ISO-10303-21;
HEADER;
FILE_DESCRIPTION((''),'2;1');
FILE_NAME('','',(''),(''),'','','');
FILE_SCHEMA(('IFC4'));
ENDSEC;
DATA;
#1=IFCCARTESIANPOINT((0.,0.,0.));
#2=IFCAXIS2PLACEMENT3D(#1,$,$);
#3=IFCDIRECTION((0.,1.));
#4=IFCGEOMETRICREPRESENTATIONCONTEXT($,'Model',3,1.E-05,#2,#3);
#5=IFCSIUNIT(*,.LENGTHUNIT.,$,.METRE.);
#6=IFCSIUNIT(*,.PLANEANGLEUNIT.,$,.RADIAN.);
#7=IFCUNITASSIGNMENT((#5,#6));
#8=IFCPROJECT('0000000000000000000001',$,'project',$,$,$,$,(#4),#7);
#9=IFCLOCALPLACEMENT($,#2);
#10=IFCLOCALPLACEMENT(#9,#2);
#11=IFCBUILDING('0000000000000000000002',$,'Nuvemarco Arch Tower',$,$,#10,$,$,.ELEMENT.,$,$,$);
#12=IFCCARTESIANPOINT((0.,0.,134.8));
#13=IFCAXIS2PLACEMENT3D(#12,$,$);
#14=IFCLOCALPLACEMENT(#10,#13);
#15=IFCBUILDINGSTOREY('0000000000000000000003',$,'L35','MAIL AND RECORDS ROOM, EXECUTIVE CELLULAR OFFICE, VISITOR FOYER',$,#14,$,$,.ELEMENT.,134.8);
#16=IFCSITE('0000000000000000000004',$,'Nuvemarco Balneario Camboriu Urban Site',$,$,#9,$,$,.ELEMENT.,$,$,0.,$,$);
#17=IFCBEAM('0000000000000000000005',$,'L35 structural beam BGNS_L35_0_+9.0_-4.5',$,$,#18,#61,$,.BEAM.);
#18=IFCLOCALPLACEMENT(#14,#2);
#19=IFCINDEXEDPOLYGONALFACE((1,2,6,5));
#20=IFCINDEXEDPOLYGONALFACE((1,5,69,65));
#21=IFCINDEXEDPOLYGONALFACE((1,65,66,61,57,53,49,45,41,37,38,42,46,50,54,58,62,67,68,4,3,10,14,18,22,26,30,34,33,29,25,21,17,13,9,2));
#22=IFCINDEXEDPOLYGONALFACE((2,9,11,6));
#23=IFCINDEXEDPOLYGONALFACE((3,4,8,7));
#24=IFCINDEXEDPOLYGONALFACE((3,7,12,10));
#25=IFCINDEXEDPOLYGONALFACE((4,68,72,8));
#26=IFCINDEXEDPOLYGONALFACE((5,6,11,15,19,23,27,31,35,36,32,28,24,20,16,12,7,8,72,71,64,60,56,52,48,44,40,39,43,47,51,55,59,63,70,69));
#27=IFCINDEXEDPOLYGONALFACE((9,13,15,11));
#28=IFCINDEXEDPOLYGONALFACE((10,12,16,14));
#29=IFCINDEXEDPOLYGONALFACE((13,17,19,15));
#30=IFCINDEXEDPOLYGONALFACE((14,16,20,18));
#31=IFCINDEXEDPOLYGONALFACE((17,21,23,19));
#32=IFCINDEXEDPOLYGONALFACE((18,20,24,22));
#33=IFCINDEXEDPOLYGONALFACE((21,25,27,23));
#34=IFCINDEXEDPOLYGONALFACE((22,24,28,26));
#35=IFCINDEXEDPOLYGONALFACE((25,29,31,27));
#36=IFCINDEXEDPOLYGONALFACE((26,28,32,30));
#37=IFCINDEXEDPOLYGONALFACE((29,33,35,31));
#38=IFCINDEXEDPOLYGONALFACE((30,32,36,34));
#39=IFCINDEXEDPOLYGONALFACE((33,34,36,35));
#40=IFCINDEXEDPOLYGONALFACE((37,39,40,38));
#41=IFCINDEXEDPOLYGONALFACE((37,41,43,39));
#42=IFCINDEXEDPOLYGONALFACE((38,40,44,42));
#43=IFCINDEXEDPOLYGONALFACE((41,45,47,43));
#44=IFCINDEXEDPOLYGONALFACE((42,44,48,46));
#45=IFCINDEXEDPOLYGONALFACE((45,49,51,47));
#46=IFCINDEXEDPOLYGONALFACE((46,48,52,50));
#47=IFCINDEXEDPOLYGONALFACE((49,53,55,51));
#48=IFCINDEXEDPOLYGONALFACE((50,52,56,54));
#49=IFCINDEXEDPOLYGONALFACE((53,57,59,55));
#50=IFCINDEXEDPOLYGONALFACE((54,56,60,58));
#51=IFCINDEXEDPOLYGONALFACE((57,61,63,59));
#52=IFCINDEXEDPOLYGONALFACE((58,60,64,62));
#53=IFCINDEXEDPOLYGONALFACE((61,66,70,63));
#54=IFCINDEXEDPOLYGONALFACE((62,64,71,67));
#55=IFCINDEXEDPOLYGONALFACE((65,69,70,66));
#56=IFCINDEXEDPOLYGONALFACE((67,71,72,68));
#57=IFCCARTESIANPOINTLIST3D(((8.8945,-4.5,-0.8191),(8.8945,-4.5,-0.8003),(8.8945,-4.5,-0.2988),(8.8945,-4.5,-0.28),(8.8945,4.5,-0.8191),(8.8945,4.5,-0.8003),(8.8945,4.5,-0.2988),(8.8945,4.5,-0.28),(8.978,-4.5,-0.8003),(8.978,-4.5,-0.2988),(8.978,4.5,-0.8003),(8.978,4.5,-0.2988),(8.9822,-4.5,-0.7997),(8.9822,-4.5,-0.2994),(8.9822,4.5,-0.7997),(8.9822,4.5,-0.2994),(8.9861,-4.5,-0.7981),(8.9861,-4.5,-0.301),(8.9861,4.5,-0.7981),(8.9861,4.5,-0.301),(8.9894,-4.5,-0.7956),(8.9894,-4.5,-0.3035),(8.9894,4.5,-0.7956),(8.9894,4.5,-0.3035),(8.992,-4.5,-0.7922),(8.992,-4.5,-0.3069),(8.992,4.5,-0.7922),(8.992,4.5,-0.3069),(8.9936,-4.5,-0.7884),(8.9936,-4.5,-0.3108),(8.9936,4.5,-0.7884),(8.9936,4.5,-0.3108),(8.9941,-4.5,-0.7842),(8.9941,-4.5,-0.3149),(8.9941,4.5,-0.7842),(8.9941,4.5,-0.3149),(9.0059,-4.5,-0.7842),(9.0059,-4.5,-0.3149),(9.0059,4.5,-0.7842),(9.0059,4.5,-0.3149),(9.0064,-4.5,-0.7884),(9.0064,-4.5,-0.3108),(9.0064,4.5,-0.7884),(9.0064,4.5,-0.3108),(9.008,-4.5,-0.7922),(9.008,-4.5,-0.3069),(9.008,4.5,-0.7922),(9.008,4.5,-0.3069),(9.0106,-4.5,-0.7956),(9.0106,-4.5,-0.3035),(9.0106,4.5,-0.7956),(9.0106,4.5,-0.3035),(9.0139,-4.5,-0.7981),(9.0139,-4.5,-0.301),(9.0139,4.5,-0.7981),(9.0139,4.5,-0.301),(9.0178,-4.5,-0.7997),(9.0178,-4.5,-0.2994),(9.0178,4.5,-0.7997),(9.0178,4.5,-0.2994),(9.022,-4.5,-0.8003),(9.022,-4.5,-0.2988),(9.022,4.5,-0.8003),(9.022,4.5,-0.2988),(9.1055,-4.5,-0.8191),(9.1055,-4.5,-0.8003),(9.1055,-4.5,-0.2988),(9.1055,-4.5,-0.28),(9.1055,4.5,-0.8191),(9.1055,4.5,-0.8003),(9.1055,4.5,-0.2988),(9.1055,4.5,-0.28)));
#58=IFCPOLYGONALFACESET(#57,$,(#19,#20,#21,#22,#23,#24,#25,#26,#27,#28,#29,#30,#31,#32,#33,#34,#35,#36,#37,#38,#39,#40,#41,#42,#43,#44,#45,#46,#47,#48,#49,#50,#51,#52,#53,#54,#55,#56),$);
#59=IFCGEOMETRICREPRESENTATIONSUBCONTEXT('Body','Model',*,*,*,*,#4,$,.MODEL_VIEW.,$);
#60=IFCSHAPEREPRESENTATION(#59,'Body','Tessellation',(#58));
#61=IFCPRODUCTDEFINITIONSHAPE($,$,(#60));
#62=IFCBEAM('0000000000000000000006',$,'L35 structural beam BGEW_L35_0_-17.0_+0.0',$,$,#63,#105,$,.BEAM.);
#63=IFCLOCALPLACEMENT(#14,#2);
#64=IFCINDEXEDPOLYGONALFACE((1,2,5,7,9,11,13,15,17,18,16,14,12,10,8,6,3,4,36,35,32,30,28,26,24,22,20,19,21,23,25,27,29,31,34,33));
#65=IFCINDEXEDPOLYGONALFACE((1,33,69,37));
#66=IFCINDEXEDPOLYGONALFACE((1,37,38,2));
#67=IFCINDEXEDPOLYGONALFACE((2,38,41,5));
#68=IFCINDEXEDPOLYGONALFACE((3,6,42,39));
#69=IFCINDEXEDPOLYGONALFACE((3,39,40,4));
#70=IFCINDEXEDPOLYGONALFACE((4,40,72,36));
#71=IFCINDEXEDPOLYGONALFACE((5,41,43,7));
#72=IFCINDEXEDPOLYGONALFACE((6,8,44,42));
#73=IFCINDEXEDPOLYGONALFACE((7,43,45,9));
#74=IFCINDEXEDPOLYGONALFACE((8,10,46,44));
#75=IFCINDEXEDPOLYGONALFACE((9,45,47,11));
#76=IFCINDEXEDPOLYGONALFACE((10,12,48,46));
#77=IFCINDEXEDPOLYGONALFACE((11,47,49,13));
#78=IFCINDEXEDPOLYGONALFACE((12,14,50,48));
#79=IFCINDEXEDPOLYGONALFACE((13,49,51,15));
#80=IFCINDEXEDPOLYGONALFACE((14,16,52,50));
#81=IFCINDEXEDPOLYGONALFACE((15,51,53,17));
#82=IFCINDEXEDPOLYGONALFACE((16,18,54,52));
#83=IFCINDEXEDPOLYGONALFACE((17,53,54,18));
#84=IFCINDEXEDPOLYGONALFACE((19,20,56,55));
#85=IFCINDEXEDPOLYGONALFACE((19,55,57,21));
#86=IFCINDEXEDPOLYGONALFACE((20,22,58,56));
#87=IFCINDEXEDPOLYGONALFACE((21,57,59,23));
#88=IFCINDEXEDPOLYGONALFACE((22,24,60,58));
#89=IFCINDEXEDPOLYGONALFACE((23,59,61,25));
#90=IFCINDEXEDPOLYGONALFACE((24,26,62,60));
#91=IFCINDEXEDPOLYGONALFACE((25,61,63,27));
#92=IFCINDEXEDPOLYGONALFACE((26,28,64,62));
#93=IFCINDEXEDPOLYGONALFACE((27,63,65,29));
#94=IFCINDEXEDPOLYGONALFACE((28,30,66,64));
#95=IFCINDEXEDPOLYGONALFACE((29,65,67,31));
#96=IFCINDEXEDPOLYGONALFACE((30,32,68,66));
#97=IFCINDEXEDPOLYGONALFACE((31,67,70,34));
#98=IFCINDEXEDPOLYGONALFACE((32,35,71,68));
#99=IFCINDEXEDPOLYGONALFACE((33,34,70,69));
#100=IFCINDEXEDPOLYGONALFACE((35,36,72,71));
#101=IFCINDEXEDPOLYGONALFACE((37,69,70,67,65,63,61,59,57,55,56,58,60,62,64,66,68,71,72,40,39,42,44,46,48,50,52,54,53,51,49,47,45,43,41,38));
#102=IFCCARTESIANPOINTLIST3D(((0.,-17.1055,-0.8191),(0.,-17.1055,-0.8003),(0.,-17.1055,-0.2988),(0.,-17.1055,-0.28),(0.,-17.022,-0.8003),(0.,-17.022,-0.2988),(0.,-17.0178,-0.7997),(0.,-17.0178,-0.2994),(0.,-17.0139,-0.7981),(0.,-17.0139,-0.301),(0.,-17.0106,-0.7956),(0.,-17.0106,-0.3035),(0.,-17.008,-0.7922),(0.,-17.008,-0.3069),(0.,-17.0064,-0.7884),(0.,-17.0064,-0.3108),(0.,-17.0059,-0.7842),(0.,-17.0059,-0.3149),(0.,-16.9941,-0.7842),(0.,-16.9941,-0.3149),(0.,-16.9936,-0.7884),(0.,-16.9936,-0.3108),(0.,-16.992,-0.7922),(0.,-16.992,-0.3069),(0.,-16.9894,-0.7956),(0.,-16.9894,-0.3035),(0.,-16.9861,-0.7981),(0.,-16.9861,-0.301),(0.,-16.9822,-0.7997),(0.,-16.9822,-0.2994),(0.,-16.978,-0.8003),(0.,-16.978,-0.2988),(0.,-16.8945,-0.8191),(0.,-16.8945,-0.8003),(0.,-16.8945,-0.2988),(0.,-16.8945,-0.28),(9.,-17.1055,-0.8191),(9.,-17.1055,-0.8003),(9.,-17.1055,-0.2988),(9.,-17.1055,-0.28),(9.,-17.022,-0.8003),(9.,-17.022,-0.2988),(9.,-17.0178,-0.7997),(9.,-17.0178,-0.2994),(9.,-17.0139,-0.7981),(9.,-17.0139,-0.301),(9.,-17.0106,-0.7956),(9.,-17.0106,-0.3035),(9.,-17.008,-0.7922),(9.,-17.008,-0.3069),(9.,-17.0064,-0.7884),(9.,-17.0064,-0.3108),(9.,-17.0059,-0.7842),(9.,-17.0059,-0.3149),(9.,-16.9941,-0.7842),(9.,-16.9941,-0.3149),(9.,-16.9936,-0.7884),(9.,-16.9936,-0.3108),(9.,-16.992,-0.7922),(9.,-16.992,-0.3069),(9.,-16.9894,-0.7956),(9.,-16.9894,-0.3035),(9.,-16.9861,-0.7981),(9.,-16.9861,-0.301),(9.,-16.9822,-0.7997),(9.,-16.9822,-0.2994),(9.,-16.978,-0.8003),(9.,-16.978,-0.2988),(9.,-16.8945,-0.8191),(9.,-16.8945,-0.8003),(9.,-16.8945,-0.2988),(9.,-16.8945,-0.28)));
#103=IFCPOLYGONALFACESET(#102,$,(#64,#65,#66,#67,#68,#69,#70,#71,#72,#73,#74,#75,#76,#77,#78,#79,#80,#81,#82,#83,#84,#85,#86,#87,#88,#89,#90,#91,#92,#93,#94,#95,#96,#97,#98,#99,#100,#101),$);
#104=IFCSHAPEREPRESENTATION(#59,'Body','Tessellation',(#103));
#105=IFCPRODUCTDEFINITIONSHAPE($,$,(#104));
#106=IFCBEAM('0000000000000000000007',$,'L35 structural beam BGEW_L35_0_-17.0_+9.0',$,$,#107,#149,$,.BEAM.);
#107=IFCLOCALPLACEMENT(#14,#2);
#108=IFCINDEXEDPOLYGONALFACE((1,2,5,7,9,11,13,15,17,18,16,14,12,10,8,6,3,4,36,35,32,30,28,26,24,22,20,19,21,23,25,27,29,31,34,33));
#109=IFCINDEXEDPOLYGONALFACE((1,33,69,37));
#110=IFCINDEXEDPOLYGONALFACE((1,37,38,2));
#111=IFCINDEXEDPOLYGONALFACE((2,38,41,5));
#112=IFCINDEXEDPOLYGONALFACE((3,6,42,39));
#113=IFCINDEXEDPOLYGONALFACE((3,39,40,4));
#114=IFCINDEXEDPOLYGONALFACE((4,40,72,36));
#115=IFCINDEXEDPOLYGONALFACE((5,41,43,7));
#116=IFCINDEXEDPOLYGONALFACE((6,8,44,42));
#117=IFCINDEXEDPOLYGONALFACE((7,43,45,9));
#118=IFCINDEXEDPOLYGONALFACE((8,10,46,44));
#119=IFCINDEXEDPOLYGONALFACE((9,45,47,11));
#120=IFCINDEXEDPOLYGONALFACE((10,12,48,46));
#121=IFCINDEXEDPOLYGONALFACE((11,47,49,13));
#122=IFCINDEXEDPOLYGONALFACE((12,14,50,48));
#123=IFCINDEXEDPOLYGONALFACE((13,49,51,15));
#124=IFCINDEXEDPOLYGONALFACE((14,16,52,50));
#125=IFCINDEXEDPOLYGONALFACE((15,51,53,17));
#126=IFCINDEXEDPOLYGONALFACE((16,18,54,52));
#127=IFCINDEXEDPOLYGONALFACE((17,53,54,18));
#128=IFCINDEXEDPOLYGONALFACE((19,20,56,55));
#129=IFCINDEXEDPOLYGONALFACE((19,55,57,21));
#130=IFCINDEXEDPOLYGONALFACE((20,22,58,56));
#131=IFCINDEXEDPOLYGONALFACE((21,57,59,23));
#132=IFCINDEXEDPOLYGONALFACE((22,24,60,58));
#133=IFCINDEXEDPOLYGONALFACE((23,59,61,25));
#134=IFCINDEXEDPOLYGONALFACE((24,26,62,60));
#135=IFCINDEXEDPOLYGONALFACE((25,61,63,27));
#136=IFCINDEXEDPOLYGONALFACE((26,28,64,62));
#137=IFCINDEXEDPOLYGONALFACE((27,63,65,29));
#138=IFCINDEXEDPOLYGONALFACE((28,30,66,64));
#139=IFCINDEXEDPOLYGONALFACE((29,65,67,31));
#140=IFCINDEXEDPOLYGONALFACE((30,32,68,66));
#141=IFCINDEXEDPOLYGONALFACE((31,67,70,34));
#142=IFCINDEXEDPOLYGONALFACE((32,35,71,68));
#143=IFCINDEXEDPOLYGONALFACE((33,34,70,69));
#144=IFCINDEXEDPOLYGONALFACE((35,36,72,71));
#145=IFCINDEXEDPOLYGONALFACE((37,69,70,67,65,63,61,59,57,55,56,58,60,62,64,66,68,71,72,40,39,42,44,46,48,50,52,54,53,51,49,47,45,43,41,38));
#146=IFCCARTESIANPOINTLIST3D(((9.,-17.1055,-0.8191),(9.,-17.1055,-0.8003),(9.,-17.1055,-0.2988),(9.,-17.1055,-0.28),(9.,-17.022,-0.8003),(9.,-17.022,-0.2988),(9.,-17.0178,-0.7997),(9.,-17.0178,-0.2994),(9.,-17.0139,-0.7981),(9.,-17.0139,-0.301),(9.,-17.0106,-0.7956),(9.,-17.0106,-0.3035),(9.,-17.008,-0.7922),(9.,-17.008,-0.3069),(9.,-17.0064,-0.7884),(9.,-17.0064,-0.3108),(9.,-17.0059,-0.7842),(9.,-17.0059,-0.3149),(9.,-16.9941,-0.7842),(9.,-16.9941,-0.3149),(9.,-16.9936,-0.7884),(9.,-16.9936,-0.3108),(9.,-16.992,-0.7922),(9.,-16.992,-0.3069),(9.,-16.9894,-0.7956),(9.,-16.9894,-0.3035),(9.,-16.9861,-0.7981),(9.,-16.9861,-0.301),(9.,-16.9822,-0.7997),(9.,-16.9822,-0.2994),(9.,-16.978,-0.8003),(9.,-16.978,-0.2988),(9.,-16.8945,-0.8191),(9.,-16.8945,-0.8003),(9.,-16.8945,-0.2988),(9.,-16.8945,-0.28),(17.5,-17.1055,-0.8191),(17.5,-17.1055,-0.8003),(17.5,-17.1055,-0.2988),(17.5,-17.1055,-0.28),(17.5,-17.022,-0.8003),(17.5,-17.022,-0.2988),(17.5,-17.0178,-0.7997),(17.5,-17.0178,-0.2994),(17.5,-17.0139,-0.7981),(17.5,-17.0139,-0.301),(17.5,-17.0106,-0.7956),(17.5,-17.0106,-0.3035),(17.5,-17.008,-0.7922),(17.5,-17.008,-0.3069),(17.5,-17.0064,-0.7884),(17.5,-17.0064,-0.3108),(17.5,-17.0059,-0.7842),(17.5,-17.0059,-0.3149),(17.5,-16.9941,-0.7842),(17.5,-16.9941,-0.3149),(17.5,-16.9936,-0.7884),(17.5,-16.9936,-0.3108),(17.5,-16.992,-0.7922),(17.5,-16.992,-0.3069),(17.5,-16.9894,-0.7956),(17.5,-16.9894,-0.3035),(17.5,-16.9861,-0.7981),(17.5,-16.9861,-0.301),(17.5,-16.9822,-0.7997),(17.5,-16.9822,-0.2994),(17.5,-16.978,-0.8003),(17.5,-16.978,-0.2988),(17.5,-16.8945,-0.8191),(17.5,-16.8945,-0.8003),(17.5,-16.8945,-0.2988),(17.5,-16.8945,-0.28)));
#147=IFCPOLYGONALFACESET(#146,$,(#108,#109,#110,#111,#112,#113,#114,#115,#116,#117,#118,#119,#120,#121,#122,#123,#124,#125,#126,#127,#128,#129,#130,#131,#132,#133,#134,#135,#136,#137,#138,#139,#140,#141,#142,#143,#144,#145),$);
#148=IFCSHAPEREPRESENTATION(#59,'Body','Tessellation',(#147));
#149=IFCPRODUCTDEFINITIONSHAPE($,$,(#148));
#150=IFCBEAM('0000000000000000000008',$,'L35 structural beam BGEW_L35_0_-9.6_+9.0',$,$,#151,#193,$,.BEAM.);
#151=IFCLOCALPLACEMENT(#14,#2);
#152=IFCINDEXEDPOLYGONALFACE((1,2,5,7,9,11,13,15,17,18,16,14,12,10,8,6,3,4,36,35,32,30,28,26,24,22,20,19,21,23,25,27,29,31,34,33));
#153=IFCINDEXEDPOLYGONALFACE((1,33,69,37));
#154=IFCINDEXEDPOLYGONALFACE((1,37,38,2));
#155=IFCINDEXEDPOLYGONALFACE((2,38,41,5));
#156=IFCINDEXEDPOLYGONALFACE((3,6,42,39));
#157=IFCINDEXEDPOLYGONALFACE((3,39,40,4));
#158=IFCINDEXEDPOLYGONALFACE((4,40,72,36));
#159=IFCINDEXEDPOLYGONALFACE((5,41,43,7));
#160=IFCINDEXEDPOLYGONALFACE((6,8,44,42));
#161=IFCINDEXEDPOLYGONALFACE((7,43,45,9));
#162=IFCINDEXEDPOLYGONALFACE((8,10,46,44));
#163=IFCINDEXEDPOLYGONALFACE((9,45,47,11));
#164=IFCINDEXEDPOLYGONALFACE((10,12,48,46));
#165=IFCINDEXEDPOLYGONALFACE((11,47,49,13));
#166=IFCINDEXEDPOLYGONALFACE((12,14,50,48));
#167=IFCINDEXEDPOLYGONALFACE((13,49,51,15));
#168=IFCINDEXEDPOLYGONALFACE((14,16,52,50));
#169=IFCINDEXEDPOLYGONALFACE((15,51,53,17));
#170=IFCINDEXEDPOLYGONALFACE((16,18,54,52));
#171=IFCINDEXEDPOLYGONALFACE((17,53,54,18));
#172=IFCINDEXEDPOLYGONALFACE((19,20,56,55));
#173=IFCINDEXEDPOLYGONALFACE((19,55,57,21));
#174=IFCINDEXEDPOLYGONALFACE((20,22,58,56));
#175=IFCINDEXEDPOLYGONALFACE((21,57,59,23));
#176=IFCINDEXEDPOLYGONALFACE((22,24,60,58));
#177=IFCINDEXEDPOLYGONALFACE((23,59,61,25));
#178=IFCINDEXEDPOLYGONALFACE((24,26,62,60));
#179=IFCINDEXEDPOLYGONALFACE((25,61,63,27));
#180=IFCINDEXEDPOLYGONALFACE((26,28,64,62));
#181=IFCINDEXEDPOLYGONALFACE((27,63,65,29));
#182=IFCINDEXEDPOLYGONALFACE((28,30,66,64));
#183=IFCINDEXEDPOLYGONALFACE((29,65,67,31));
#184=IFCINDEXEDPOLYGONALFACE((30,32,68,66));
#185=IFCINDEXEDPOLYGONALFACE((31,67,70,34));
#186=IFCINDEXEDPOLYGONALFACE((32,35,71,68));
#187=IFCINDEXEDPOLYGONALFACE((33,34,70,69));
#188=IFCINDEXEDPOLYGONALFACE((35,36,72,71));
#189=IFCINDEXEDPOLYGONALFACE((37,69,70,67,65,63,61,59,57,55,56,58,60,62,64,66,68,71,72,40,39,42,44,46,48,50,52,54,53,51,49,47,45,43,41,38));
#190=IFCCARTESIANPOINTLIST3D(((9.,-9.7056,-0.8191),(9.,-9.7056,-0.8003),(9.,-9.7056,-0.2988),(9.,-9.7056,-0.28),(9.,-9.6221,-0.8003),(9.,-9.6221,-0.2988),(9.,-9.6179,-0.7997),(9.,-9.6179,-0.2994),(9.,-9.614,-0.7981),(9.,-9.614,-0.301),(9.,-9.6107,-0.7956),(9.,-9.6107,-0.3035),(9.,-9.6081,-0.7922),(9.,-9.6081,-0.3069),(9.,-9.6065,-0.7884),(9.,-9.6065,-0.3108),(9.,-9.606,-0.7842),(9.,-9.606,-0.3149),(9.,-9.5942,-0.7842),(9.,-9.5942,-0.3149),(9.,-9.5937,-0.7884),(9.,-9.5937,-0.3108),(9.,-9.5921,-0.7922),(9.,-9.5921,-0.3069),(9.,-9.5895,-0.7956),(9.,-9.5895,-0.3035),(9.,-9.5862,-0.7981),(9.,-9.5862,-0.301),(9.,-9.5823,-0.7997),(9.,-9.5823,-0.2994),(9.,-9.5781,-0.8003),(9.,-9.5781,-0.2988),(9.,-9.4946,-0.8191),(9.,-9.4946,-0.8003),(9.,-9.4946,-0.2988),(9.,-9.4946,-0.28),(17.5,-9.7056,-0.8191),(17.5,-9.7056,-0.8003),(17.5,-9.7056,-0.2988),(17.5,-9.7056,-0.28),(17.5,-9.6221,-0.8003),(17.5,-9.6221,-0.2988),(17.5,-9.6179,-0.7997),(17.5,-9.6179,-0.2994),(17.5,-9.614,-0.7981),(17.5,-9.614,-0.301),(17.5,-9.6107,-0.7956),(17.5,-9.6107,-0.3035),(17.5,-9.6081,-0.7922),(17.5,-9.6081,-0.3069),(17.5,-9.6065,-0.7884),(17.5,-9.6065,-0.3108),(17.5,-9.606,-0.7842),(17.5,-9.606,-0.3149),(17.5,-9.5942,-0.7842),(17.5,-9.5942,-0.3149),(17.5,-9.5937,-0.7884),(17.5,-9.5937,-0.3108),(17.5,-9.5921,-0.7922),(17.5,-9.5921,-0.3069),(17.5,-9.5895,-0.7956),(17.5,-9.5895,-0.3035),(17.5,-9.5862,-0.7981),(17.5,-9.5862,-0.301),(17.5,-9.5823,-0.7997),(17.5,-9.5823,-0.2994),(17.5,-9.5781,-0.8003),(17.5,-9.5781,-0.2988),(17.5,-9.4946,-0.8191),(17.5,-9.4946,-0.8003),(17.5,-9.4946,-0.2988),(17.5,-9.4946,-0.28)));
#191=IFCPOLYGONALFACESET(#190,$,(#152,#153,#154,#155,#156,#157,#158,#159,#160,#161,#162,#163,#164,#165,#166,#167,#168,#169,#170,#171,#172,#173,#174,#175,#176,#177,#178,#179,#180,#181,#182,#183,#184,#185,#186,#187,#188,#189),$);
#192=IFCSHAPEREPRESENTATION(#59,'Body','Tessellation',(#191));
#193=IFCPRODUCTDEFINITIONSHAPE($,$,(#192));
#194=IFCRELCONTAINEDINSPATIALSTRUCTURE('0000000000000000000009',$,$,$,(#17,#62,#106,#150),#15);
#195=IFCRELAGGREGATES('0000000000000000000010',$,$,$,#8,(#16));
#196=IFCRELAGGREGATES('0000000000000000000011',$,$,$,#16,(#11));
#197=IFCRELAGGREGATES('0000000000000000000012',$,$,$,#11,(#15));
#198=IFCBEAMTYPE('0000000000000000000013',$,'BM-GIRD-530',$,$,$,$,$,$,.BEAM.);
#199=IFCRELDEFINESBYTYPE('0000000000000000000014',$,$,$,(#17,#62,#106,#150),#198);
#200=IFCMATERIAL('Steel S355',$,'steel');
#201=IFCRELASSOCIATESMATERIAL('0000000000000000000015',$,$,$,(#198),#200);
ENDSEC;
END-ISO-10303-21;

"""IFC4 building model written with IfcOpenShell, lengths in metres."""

from ifc_helpers import new_model, si_unit, direction, frame, origin, origin_2d, place, context, subcontext, project, spatial, i_section, extrude, material, material_profile, profile_set, type_object, element, save


model = new_model("IFC4")

# Units and contexts
model_context = context("Model", 3, precision=1e-05, world=origin(), true_north=direction((0.0, 1.0)))
body_context = subcontext(model_context, "Body", "Model", "MODEL_VIEW")
ifc_project = project(units=[si_unit("LENGTHUNIT", "METRE"), si_unit("PLANEANGLEUNIT", "RADIAN")], contexts=[model_context])

# Site, building, storey
site_placement = place(None, origin())
site = spatial("IfcSite", under=ifc_project, at=site_placement, Name="Nuvemarco Balneario Camboriu Urban Site", CompositionType="ELEMENT", RefElevation=0.0)
building_placement = place(site_placement, origin())
building = spatial("IfcBuilding", under=site, at=building_placement, Name="Nuvemarco Arch Tower", CompositionType="ELEMENT")
storey_placement = place(building_placement, frame((0.0, 0.0, 134.8)))
storey = spatial("IfcBuildingStorey", under=building, at=storey_placement, Name="L35", Description="MAIL AND RECORDS ROOM, EXECUTIVE CELLULAR OFFICE, VISITOR FOYER", CompositionType="ELEMENT", Elevation=134.8)

# Shared definitions
ifc_material_1 = material(Name="Steel S355", Category="steel")

# Beams
ifc_material_profile_1 = material_profile(ifc_material_1, i_section(OverallWidth=0.2109, OverallDepth=0.5391, WebThickness=0.0117, FlangeThickness=0.0188, FilletRadius=0.0161, at=origin_2d()), Name="W530x109")
ifc_profile_set_1 = profile_set([ifc_material_profile_1], Name="Steel S355")
beam_type_1 = type_object("IfcBeamType", Name="BM-GIRD-530", PredefinedType="BEAM", material=ifc_profile_set_1)
for number, where, z_axis, x_axis, name in (
    (1, (9.0, -4.5, -0.5496), (0.0, 1.0, 0.0), (-1.0, 0.0, 0.0), "L35 structural beam BGNS_L35_0_+9.0_-4.5"),
    (2, (0.0, -17.0, -0.5496), (1.0, 0.0, 0.0), (0.0, 1.0, 0.0), "L35 structural beam BGEW_L35_0_-17.0_+0.0"),
):
    element("IfcBeam", number, at=place(storey_placement, frame(where, z_axis=z_axis, x_axis=x_axis)), inside=storey, type_object=beam_type_1, Name=name, PredefinedType="BEAM", context=body_context, shape_type="SweptSolid", body=[
        extrude(i_section(OverallWidth=0.2109, OverallDepth=0.5391, WebThickness=0.0117, FlangeThickness=0.0188, FilletRadius=0.0161, at=origin_2d()), origin(), (0.0, 0.0, 1.0), 9.0),
    ])
for number, where, z_axis, x_axis, name in (
    (3, (9.0, -17.0, -0.5496), (1.0, 0.0, 0.0), (0.0, 1.0, 0.0), "L35 structural beam BGEW_L35_0_-17.0_+9.0"),
    (4, (9.0, -9.6001, -0.5496), (1.0, 0.0, 0.0), (0.0, 1.0, 0.0), "L35 structural beam BGEW_L35_0_-9.6_+9.0"),
):
    element("IfcBeam", number, at=place(storey_placement, frame(where, z_axis=z_axis, x_axis=x_axis)), inside=storey, type_object=beam_type_1, Name=name, PredefinedType="BEAM", context=body_context, shape_type="SweptSolid", body=[
        extrude(i_section(OverallWidth=0.2109, OverallDepth=0.5391, WebThickness=0.0117, FlangeThickness=0.0188, FilletRadius=0.0161, at=origin_2d()), origin(), (0.0, 0.0, 1.0), 8.5),
    ])

save(model, "model.ifc")
